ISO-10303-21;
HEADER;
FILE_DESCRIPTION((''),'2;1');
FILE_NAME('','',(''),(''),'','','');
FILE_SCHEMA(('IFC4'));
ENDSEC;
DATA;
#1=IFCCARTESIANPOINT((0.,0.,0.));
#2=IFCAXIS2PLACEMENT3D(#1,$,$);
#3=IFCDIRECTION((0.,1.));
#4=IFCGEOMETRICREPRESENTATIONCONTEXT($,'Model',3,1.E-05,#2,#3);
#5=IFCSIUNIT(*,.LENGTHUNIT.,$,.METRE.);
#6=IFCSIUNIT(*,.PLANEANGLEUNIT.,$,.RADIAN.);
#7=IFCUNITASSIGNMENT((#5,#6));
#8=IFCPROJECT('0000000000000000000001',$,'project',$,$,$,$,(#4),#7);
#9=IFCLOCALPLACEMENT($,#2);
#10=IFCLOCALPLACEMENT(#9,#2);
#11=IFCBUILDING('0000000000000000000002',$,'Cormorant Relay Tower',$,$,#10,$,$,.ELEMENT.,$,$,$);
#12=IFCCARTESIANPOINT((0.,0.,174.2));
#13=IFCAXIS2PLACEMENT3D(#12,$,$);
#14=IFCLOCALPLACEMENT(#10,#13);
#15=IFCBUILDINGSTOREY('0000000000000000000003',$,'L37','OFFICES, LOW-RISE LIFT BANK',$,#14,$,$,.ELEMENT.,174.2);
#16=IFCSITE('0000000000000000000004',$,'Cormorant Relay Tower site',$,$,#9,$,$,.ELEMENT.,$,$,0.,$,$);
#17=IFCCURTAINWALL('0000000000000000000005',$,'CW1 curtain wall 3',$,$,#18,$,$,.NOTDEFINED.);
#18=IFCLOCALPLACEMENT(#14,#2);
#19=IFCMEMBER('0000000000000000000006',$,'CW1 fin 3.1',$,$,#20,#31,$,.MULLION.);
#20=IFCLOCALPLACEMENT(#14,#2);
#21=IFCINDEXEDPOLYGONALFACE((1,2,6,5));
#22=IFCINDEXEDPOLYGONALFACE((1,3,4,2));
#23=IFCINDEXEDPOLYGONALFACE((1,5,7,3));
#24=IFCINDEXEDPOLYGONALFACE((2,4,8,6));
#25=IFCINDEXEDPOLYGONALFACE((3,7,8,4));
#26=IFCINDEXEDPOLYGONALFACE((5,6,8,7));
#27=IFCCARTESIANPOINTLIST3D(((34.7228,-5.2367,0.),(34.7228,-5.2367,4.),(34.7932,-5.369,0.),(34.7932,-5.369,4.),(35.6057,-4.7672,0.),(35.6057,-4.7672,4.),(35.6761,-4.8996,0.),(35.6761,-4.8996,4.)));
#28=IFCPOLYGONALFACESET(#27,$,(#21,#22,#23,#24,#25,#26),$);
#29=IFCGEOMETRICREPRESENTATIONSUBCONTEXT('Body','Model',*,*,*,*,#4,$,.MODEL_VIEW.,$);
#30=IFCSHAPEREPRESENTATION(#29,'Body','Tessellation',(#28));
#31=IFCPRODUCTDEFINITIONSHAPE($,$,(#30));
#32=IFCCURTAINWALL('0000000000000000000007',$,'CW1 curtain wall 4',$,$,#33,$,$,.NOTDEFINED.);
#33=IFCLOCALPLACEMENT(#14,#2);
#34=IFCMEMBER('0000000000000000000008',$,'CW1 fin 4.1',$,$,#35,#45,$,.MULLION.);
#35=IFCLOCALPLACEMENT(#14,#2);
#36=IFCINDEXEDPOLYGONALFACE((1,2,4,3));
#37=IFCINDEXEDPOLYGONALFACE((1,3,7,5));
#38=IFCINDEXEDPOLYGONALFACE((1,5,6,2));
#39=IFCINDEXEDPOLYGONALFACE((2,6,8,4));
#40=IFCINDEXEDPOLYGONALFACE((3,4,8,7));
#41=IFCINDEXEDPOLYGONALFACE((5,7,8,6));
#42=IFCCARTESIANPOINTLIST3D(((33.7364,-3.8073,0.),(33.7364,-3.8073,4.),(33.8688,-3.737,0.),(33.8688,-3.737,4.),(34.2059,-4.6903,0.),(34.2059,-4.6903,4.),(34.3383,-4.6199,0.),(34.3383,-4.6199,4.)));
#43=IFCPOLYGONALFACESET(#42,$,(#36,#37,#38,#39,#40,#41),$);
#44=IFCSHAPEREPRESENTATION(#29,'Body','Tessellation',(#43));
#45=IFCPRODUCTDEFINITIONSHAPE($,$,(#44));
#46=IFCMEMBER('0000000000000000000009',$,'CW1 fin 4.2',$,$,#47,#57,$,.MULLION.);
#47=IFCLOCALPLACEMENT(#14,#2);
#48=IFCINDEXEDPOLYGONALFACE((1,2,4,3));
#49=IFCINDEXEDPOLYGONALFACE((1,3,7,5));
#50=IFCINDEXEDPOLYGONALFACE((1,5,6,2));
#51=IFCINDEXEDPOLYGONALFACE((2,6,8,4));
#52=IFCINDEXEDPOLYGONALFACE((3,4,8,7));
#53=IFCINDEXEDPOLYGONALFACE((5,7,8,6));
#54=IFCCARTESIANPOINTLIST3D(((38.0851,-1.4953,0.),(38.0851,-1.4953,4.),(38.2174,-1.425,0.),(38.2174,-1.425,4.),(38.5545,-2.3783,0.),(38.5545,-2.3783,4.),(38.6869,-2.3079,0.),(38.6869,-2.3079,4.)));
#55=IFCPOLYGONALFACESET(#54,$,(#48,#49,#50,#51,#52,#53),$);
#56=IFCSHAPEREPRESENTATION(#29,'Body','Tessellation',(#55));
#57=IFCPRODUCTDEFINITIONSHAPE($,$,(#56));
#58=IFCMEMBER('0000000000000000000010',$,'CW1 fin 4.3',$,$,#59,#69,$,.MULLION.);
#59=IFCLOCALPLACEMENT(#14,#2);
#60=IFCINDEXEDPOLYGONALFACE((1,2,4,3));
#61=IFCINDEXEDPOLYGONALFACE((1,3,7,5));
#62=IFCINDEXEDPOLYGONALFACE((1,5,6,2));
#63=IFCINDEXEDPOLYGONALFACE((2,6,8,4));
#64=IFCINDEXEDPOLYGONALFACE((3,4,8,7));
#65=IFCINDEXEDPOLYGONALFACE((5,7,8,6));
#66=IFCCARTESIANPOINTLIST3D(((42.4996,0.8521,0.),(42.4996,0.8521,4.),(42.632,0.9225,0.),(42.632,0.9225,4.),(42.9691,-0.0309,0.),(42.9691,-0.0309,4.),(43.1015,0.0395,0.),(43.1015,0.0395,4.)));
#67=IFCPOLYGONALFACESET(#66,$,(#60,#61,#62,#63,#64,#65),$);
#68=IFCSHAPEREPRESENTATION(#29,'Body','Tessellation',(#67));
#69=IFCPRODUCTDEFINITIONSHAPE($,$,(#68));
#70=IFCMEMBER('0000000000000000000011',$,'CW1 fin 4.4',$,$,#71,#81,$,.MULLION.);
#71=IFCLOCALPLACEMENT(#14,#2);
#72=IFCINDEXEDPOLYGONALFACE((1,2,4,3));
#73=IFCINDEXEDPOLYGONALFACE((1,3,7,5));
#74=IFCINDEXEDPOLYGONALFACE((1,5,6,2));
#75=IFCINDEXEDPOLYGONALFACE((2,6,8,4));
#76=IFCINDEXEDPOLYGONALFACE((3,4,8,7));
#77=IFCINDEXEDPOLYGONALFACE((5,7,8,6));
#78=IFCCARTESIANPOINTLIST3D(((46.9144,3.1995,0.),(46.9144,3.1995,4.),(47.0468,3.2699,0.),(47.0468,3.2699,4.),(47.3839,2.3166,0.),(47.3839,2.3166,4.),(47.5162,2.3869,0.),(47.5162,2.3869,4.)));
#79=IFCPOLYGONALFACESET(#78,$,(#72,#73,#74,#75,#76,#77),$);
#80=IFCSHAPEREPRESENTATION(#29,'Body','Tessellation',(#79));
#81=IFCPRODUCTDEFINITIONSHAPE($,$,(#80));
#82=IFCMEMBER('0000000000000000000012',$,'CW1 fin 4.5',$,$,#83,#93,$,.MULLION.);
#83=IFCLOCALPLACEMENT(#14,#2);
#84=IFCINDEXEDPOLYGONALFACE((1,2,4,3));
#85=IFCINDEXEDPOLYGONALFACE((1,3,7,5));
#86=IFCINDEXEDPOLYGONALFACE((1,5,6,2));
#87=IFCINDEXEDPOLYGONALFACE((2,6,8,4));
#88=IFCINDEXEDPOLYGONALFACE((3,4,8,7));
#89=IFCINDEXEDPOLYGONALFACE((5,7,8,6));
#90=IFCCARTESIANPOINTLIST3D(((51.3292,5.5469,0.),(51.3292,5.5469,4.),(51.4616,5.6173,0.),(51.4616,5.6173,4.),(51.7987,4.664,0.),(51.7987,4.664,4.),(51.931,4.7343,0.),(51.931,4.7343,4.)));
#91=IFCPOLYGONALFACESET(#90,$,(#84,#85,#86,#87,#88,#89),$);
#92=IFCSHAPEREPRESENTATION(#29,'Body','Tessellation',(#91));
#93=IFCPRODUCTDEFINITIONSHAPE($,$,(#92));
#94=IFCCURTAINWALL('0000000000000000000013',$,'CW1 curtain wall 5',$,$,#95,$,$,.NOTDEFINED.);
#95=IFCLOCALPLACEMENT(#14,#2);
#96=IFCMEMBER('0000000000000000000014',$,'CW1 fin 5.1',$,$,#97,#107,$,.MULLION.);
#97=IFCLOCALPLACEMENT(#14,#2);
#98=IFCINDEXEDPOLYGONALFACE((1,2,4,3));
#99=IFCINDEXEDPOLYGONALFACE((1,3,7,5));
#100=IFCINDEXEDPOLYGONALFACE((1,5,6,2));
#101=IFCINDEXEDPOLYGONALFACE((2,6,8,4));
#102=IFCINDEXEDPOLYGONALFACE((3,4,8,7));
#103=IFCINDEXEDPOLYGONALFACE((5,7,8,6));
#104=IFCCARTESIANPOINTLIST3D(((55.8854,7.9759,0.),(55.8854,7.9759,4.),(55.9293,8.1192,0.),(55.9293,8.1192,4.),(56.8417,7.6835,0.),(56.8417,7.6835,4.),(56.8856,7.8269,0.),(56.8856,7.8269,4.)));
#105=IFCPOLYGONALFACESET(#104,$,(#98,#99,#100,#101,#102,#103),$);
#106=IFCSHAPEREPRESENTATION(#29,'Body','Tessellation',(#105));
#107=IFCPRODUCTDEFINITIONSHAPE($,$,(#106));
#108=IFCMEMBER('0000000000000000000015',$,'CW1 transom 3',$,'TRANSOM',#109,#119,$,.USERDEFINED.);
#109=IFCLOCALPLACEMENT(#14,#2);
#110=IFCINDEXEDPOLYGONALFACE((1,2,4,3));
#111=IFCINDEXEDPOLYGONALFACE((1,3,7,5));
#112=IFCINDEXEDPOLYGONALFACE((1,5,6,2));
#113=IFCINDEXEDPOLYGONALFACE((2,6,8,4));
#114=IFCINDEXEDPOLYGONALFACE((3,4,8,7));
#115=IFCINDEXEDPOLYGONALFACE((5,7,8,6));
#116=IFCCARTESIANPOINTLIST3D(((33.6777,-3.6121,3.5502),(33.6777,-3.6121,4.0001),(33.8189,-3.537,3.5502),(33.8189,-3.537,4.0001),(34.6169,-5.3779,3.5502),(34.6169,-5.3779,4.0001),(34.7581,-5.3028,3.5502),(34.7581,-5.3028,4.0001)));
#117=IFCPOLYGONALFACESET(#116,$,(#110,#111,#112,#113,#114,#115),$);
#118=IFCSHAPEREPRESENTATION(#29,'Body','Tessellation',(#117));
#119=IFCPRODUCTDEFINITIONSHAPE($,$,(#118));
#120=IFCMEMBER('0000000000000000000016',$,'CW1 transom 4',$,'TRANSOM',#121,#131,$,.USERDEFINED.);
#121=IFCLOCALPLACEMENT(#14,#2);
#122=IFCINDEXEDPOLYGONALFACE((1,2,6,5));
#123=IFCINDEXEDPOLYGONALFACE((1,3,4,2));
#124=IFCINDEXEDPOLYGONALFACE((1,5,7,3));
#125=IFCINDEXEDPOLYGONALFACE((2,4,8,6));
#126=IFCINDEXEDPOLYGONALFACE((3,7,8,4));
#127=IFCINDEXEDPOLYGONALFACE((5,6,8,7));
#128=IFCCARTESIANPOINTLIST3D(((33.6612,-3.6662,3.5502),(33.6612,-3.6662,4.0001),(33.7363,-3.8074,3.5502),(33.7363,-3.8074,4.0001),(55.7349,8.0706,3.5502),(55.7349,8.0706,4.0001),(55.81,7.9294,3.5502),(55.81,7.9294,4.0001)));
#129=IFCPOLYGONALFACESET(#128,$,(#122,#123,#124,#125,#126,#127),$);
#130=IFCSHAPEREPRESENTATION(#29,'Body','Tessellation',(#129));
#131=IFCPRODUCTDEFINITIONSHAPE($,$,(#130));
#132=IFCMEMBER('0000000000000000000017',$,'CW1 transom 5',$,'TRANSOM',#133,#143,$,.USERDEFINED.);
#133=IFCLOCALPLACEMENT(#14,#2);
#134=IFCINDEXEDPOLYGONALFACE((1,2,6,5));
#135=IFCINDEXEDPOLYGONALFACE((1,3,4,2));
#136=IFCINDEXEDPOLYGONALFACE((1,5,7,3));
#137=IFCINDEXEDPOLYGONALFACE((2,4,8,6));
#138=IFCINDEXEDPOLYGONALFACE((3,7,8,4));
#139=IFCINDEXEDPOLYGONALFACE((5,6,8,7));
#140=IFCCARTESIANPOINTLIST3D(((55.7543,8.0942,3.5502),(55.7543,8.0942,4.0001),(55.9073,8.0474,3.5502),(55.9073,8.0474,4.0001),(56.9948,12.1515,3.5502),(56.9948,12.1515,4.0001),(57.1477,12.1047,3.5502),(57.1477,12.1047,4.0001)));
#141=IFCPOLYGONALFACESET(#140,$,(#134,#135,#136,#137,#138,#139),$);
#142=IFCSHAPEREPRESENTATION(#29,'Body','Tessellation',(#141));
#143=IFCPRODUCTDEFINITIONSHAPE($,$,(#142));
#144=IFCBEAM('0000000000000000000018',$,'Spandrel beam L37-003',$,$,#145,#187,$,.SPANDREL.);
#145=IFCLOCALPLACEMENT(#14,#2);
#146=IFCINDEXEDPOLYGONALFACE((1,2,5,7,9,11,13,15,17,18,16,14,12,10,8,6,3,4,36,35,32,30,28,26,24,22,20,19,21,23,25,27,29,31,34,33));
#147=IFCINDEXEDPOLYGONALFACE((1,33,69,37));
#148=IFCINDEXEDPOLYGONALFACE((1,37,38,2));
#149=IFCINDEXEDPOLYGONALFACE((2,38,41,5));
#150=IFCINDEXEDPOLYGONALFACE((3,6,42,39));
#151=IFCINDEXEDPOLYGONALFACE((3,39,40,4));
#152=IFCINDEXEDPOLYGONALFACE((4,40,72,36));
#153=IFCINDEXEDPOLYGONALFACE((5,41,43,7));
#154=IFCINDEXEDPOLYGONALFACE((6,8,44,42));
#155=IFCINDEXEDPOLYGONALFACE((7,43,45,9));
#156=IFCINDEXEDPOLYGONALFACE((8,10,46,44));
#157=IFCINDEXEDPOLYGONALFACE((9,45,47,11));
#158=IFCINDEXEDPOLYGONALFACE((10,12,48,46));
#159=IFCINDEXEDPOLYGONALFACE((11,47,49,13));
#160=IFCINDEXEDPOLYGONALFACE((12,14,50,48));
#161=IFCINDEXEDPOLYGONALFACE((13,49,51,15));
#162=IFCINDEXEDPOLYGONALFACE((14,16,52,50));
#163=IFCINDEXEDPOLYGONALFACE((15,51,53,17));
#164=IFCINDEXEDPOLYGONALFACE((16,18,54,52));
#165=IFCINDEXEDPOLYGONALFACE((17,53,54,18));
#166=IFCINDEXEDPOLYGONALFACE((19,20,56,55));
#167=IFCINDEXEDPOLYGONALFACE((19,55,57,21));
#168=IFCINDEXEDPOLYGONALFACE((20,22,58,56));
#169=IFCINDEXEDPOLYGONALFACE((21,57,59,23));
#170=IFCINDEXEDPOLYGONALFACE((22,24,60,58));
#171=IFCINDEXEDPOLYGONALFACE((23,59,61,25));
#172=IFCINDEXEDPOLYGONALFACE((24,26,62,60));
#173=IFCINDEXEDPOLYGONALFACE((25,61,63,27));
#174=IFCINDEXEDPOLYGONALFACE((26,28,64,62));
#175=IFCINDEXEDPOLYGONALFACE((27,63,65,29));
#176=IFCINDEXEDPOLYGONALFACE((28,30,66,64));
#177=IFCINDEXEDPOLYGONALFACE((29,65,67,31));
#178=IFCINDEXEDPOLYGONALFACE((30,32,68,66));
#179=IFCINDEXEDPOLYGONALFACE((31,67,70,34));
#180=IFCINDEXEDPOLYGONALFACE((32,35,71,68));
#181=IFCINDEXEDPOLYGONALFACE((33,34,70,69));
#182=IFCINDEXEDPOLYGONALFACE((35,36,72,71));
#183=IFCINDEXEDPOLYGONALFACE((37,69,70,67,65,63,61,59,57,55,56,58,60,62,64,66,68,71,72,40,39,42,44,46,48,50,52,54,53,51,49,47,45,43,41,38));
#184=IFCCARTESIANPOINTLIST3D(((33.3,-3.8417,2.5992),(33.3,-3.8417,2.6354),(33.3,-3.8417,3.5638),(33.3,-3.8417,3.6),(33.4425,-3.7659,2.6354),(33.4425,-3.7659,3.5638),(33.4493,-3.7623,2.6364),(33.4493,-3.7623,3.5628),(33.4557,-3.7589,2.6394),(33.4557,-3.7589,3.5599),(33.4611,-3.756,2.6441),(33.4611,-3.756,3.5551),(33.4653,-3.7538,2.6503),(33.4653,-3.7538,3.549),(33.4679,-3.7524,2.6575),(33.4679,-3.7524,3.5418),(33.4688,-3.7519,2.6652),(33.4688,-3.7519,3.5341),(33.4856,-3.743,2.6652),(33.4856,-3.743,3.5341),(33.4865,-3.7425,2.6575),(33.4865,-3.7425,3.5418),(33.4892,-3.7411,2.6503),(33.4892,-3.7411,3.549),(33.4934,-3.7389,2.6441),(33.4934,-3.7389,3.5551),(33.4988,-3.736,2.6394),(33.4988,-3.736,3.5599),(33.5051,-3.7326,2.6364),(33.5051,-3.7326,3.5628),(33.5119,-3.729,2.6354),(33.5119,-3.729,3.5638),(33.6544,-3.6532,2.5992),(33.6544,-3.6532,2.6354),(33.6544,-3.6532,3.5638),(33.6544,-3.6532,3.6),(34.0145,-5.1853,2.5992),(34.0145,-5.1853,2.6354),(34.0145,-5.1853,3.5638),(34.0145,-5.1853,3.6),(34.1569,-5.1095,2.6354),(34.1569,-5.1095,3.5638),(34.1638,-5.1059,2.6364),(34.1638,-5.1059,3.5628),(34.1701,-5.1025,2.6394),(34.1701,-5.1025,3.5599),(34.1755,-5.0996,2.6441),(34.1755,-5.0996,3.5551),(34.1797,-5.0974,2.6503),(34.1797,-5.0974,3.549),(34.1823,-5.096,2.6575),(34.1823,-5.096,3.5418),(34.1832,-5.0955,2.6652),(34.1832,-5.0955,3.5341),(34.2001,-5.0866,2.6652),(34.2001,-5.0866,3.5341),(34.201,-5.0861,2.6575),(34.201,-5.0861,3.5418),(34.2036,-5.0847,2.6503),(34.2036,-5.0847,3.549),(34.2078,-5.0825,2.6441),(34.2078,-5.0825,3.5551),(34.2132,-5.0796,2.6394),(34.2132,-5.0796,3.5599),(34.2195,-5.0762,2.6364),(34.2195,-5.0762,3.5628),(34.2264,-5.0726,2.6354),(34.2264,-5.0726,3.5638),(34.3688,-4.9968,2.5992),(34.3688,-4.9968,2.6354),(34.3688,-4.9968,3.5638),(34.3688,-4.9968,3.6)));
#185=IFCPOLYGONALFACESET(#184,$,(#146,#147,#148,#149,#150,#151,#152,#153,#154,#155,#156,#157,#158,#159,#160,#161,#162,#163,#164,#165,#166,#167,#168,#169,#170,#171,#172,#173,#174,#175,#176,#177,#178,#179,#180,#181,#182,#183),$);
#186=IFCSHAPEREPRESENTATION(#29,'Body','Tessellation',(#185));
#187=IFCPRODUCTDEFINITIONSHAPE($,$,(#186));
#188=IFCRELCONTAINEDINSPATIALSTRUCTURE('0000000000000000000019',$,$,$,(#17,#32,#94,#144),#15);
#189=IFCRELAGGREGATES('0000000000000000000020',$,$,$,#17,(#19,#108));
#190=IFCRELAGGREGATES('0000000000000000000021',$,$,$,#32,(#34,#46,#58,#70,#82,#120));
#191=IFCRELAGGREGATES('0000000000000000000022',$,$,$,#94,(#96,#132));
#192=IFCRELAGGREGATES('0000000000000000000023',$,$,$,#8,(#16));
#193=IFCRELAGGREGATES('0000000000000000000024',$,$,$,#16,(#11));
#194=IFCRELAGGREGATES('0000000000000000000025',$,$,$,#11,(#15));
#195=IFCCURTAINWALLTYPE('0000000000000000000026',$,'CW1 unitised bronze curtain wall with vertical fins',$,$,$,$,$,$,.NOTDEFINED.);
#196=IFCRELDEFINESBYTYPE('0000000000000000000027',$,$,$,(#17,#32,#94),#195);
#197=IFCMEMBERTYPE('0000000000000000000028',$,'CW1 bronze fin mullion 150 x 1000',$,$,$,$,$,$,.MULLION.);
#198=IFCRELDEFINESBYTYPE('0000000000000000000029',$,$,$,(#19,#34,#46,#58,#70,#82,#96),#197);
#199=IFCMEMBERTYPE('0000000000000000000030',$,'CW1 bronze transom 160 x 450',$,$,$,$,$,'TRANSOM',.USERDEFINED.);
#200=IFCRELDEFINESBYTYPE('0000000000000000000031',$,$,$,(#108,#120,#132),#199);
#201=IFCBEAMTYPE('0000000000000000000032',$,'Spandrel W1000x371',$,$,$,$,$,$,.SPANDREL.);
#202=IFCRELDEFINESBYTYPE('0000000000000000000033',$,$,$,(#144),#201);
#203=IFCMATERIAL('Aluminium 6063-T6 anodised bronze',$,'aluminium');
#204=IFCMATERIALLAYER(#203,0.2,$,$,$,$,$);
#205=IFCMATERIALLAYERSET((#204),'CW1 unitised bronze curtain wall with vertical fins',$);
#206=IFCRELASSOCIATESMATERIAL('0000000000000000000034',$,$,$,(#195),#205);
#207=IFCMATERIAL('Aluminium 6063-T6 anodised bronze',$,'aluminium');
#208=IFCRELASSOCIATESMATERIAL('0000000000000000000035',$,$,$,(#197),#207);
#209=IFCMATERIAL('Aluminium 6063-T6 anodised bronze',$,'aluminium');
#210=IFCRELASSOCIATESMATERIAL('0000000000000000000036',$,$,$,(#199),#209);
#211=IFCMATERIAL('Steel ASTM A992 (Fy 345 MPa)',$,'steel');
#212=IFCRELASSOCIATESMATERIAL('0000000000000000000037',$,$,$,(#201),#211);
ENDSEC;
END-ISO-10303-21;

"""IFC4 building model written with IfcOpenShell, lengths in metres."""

from ifc_helpers import new_model, si_unit, direction, frame, origin, origin_2d, place, context, subcontext, project, spatial, rectangle, i_section, extrude, material, layer, layer_set, material_profile, profile_set, type_object, element, aggregate, save


model = new_model("IFC4")

# Units and contexts
model_context = context("Model", 3, precision=1e-05, world=origin(), true_north=direction((0.0, 1.0)))
body_context = subcontext(model_context, "Body", "Model", "MODEL_VIEW")
ifc_project = project(units=[si_unit("LENGTHUNIT", "METRE"), si_unit("PLANEANGLEUNIT", "RADIAN")], contexts=[model_context])

# Site, building, storey
site_placement = place(None, origin())
site = spatial("IfcSite", under=ifc_project, at=site_placement, Name="Cormorant Relay Tower site", CompositionType="ELEMENT", RefElevation=0.0)
building_placement = place(site_placement, origin())
building = spatial("IfcBuilding", under=site, at=building_placement, Name="Cormorant Relay Tower", CompositionType="ELEMENT")
storey_placement = place(building_placement, frame((0.0, 0.0, 174.2)))
storey = spatial("IfcBuildingStorey", under=building, at=storey_placement, Name="L37", Description="OFFICES, LOW-RISE LIFT BANK", CompositionType="ELEMENT", Elevation=174.2)

# Curtain wall, member
ifc_material_1 = material(Name="Aluminium 6063-T6 anodised bronze", Category="aluminium")
ifc_layer_1 = layer(ifc_material_1, 0.2)
ifc_layer_set_1 = layer_set([ifc_layer_1], Name="CW1 unitised bronze curtain wall with vertical fins")
curtain_wall_type = type_object("IfcCurtainWallType", Name="CW1 unitised bronze curtain wall with vertical fins", PredefinedType="NOTDEFINED", material=ifc_layer_set_1)
curtain_wall_1_placement = place(storey_placement, origin())
curtain_wall_1 = element("IfcCurtainWall", 1, at=curtain_wall_1_placement, inside=storey, type_object=curtain_wall_type, Name="CW1 curtain wall 3", PredefinedType="NOTDEFINED")
ifc_material_2 = material(Name="Aluminium 6063-T6 anodised bronze", Category="aluminium")
ifc_material_profile_1 = material_profile(ifc_material_2, rectangle(XDim=0.1499, YDim=1.0, at=origin_2d()), Name="AL 150x1000")
ifc_profile_set_1 = profile_set([ifc_material_profile_1], Name="Aluminium 6063-T6 anodised bronze")
member_type_1 = type_object("IfcMemberType", Name="CW1 bronze fin mullion 150 x 1000", PredefinedType="MULLION", material=ifc_profile_set_1)
member_1_placement = place(storey_placement, frame((35.1995, -5.0681, 0.0), z_axis=(0.0, 0.0, 1.0), x_axis=(-0.469472, 0.882948, 0.0)))
member_1 = element("IfcMember", 2, at=member_1_placement, type_object=member_type_1, Name="CW1 fin 3.1", PredefinedType="MULLION", context=body_context, shape_type="SweptSolid", body=[
    extrude(rectangle(XDim=0.1499, YDim=1.0, at=origin_2d()), origin(), (0.0, 0.0, 1.0), 4.0),
])

# Curtain wall, members
curtain_wall_2_placement = place(storey_placement, origin())
curtain_wall_2 = element("IfcCurtainWall", 3, at=curtain_wall_2_placement, inside=storey, type_object=curtain_wall_type, Name="CW1 curtain wall 4", PredefinedType="NOTDEFINED")
member_2_placement = place(storey_placement, frame((34.0374, -4.2136, 0.0), z_axis=(0.0, 0.0, 1.0), x_axis=(0.882948, 0.469472, 0.0)))
member_2 = element("IfcMember", 4, at=member_2_placement, type_object=member_type_1, Name="CW1 fin 4.1", PredefinedType="MULLION", context=body_context, shape_type="SweptSolid", body=[
    extrude(rectangle(XDim=0.1499, YDim=1.0, at=origin_2d()), origin(), (0.0, 0.0, 1.0), 4.0),
])
member_3_placement = place(storey_placement, frame((38.386, -1.9016, 0.0), z_axis=(0.0, 0.0, 1.0), x_axis=(0.882948, 0.469472, 0.0)))
member_3 = element("IfcMember", 5, at=member_3_placement, type_object=member_type_1, Name="CW1 fin 4.2", PredefinedType="MULLION", context=body_context, shape_type="SweptSolid", body=[
    extrude(rectangle(XDim=0.1499, YDim=1.0, at=origin_2d()), origin(), (0.0, 0.0, 1.0), 4.0),
])
member_4_placement = place(storey_placement, frame((42.8005, 0.4458, 0.0), z_axis=(0.0, 0.0, 1.0), x_axis=(0.882948, 0.469472, 0.0)))
member_4 = element("IfcMember", 6, at=member_4_placement, type_object=member_type_1, Name="CW1 fin 4.3", PredefinedType="MULLION", context=body_context, shape_type="SweptSolid", body=[
    extrude(rectangle(XDim=0.1499, YDim=1.0, at=origin_2d()), origin(), (0.0, 0.0, 1.0), 4.0),
])
member_5_placement = place(storey_placement, frame((47.2153, 2.7932, 0.0), z_axis=(0.0, 0.0, 1.0), x_axis=(0.882948, 0.469472, 0.0)))
member_5 = element("IfcMember", 7, at=member_5_placement, type_object=member_type_1, Name="CW1 fin 4.4", PredefinedType="MULLION", context=body_context, shape_type="SweptSolid", body=[
    extrude(rectangle(XDim=0.1499, YDim=1.0, at=origin_2d()), origin(), (0.0, 0.0, 1.0), 4.0),
])
member_6_placement = place(storey_placement, frame((51.6301, 5.1406, 0.0), z_axis=(0.0, 0.0, 1.0), x_axis=(0.882948, 0.469472, 0.0)))
member_6 = element("IfcMember", 8, at=member_6_placement, type_object=member_type_1, Name="CW1 fin 4.5", PredefinedType="MULLION", context=body_context, shape_type="SweptSolid", body=[
    extrude(rectangle(XDim=0.1499, YDim=1.0, at=origin_2d()), origin(), (0.0, 0.0, 1.0), 4.0),
])

# Curtain wall, member
curtain_wall_3_placement = place(storey_placement, origin())
curtain_wall_3 = element("IfcCurtainWall", 9, at=curtain_wall_3_placement, inside=storey, type_object=curtain_wall_type, Name="CW1 curtain wall 5", PredefinedType="NOTDEFINED")
member_7_placement = place(storey_placement, frame((56.3855, 7.9014, 0.0), z_axis=(0.0, 0.0, 1.0), x_axis=(0.292372, 0.956305, 0.0)))
member_7 = element("IfcMember", 10, at=member_7_placement, type_object=member_type_1, Name="CW1 fin 5.1", PredefinedType="MULLION", context=body_context, shape_type="SweptSolid", body=[
    extrude(rectangle(XDim=0.1499, YDim=1.0, at=origin_2d()), origin(), (0.0, 0.0, 1.0), 4.0),
])

# Members
ifc_material_3 = material(Name="Aluminium 6063-T6 anodised bronze", Category="aluminium")
ifc_material_profile_2 = material_profile(ifc_material_3, rectangle(XDim=0.1599, YDim=0.45, at=origin_2d()), Name="AL 160x450")
ifc_profile_set_2 = profile_set([ifc_material_profile_2], Name="Aluminium 6063-T6 anodised bronze")
member_type_2 = type_object("IfcMemberType", Name="CW1 bronze transom 160 x 450", ElementType="TRANSOM", PredefinedType="USERDEFINED", material=ifc_profile_set_2)
member_8_placement = place(storey_placement, frame((34.6875, -5.3403, 3.7751), z_axis=(-0.469581, 0.88289, 0.0), x_axis=(-0.88289, -0.469581, 0.0)))
member_8 = element("IfcMember", 11, at=member_8_placement, type_object=member_type_2, Name="CW1 transom 3", ObjectType="TRANSOM", PredefinedType="USERDEFINED", context=body_context, shape_type="SweptSolid", body=[
    extrude(rectangle(XDim=0.1599, YDim=0.45, at=origin_2d()), origin(), (0.0, 0.0, 1.0), 2.0),
])
member_9_placement = place(storey_placement, frame((33.6987, -3.7368, 3.7751), z_axis=(0.882947, 0.469472, 0.0), x_axis=(-0.469472, 0.882947, 0.0)))
member_9 = element("IfcMember", 12, at=member_9_placement, type_object=member_type_2, Name="CW1 transom 4", ObjectType="TRANSOM", PredefinedType="USERDEFINED", context=body_context, shape_type="SweptSolid", body=[
    extrude(rectangle(XDim=0.1599, YDim=0.45, at=origin_2d()), origin(), (0.0, 0.0, 1.0), 25.0),
])
member_10_placement = place(storey_placement, frame((55.8308, 8.0708, 3.7751), z_axis=(0.292375, 0.956304, 0.0), x_axis=(-0.956304, 0.292375, 0.0)))
member_10 = element("IfcMember", 13, at=member_10_placement, type_object=member_type_2, Name="CW1 transom 5", ObjectType="TRANSOM", PredefinedType="USERDEFINED", context=body_context, shape_type="SweptSolid", body=[
    extrude(rectangle(XDim=0.1599, YDim=0.45, at=origin_2d()), origin(), (0.0, 0.0, 1.0), 4.2427),
])

# Beam
ifc_material_4 = material(Name="Steel ASTM A992 (Fy 345 MPa)", Category="steel")
ifc_material_profile_3 = material_profile(ifc_material_4, i_section(OverallWidth=0.4014, OverallDepth=1.0007, WebThickness=0.019, FlangeThickness=0.0361, FilletRadius=0.0298, at=origin_2d()), Name="W1000x371")
ifc_profile_set_3 = profile_set([ifc_material_profile_3], Name="Steel ASTM A992 (Fy 345 MPa)")
beam_type = type_object("IfcBeamType", Name="Spandrel W1000x371", PredefinedType="SPANDREL", material=ifc_profile_set_3)
beam_1_placement = place(storey_placement, frame((34.1917, -5.0911, 3.0996), z_axis=(-0.469472, 0.882947, 0.0), x_axis=(-0.882947, -0.469472, 0.0)))
element("IfcBeam", 14, at=beam_1_placement, inside=storey, type_object=beam_type, Name="Spandrel beam L37-003", PredefinedType="SPANDREL", context=body_context, shape_type="SweptSolid", body=[
    extrude(i_section(OverallWidth=0.4014, OverallDepth=1.0007, WebThickness=0.019, FlangeThickness=0.0361, FilletRadius=0.0298, at=origin_2d()), origin(), (0.0, 0.0, 1.0), 1.5217),
])

aggregate(curtain_wall_1, [member_1, member_8])
aggregate(curtain_wall_2, [member_2, member_3, member_4, member_5, member_6, member_9])
aggregate(curtain_wall_3, [member_7, member_10])

save(model, "model.ifc")
